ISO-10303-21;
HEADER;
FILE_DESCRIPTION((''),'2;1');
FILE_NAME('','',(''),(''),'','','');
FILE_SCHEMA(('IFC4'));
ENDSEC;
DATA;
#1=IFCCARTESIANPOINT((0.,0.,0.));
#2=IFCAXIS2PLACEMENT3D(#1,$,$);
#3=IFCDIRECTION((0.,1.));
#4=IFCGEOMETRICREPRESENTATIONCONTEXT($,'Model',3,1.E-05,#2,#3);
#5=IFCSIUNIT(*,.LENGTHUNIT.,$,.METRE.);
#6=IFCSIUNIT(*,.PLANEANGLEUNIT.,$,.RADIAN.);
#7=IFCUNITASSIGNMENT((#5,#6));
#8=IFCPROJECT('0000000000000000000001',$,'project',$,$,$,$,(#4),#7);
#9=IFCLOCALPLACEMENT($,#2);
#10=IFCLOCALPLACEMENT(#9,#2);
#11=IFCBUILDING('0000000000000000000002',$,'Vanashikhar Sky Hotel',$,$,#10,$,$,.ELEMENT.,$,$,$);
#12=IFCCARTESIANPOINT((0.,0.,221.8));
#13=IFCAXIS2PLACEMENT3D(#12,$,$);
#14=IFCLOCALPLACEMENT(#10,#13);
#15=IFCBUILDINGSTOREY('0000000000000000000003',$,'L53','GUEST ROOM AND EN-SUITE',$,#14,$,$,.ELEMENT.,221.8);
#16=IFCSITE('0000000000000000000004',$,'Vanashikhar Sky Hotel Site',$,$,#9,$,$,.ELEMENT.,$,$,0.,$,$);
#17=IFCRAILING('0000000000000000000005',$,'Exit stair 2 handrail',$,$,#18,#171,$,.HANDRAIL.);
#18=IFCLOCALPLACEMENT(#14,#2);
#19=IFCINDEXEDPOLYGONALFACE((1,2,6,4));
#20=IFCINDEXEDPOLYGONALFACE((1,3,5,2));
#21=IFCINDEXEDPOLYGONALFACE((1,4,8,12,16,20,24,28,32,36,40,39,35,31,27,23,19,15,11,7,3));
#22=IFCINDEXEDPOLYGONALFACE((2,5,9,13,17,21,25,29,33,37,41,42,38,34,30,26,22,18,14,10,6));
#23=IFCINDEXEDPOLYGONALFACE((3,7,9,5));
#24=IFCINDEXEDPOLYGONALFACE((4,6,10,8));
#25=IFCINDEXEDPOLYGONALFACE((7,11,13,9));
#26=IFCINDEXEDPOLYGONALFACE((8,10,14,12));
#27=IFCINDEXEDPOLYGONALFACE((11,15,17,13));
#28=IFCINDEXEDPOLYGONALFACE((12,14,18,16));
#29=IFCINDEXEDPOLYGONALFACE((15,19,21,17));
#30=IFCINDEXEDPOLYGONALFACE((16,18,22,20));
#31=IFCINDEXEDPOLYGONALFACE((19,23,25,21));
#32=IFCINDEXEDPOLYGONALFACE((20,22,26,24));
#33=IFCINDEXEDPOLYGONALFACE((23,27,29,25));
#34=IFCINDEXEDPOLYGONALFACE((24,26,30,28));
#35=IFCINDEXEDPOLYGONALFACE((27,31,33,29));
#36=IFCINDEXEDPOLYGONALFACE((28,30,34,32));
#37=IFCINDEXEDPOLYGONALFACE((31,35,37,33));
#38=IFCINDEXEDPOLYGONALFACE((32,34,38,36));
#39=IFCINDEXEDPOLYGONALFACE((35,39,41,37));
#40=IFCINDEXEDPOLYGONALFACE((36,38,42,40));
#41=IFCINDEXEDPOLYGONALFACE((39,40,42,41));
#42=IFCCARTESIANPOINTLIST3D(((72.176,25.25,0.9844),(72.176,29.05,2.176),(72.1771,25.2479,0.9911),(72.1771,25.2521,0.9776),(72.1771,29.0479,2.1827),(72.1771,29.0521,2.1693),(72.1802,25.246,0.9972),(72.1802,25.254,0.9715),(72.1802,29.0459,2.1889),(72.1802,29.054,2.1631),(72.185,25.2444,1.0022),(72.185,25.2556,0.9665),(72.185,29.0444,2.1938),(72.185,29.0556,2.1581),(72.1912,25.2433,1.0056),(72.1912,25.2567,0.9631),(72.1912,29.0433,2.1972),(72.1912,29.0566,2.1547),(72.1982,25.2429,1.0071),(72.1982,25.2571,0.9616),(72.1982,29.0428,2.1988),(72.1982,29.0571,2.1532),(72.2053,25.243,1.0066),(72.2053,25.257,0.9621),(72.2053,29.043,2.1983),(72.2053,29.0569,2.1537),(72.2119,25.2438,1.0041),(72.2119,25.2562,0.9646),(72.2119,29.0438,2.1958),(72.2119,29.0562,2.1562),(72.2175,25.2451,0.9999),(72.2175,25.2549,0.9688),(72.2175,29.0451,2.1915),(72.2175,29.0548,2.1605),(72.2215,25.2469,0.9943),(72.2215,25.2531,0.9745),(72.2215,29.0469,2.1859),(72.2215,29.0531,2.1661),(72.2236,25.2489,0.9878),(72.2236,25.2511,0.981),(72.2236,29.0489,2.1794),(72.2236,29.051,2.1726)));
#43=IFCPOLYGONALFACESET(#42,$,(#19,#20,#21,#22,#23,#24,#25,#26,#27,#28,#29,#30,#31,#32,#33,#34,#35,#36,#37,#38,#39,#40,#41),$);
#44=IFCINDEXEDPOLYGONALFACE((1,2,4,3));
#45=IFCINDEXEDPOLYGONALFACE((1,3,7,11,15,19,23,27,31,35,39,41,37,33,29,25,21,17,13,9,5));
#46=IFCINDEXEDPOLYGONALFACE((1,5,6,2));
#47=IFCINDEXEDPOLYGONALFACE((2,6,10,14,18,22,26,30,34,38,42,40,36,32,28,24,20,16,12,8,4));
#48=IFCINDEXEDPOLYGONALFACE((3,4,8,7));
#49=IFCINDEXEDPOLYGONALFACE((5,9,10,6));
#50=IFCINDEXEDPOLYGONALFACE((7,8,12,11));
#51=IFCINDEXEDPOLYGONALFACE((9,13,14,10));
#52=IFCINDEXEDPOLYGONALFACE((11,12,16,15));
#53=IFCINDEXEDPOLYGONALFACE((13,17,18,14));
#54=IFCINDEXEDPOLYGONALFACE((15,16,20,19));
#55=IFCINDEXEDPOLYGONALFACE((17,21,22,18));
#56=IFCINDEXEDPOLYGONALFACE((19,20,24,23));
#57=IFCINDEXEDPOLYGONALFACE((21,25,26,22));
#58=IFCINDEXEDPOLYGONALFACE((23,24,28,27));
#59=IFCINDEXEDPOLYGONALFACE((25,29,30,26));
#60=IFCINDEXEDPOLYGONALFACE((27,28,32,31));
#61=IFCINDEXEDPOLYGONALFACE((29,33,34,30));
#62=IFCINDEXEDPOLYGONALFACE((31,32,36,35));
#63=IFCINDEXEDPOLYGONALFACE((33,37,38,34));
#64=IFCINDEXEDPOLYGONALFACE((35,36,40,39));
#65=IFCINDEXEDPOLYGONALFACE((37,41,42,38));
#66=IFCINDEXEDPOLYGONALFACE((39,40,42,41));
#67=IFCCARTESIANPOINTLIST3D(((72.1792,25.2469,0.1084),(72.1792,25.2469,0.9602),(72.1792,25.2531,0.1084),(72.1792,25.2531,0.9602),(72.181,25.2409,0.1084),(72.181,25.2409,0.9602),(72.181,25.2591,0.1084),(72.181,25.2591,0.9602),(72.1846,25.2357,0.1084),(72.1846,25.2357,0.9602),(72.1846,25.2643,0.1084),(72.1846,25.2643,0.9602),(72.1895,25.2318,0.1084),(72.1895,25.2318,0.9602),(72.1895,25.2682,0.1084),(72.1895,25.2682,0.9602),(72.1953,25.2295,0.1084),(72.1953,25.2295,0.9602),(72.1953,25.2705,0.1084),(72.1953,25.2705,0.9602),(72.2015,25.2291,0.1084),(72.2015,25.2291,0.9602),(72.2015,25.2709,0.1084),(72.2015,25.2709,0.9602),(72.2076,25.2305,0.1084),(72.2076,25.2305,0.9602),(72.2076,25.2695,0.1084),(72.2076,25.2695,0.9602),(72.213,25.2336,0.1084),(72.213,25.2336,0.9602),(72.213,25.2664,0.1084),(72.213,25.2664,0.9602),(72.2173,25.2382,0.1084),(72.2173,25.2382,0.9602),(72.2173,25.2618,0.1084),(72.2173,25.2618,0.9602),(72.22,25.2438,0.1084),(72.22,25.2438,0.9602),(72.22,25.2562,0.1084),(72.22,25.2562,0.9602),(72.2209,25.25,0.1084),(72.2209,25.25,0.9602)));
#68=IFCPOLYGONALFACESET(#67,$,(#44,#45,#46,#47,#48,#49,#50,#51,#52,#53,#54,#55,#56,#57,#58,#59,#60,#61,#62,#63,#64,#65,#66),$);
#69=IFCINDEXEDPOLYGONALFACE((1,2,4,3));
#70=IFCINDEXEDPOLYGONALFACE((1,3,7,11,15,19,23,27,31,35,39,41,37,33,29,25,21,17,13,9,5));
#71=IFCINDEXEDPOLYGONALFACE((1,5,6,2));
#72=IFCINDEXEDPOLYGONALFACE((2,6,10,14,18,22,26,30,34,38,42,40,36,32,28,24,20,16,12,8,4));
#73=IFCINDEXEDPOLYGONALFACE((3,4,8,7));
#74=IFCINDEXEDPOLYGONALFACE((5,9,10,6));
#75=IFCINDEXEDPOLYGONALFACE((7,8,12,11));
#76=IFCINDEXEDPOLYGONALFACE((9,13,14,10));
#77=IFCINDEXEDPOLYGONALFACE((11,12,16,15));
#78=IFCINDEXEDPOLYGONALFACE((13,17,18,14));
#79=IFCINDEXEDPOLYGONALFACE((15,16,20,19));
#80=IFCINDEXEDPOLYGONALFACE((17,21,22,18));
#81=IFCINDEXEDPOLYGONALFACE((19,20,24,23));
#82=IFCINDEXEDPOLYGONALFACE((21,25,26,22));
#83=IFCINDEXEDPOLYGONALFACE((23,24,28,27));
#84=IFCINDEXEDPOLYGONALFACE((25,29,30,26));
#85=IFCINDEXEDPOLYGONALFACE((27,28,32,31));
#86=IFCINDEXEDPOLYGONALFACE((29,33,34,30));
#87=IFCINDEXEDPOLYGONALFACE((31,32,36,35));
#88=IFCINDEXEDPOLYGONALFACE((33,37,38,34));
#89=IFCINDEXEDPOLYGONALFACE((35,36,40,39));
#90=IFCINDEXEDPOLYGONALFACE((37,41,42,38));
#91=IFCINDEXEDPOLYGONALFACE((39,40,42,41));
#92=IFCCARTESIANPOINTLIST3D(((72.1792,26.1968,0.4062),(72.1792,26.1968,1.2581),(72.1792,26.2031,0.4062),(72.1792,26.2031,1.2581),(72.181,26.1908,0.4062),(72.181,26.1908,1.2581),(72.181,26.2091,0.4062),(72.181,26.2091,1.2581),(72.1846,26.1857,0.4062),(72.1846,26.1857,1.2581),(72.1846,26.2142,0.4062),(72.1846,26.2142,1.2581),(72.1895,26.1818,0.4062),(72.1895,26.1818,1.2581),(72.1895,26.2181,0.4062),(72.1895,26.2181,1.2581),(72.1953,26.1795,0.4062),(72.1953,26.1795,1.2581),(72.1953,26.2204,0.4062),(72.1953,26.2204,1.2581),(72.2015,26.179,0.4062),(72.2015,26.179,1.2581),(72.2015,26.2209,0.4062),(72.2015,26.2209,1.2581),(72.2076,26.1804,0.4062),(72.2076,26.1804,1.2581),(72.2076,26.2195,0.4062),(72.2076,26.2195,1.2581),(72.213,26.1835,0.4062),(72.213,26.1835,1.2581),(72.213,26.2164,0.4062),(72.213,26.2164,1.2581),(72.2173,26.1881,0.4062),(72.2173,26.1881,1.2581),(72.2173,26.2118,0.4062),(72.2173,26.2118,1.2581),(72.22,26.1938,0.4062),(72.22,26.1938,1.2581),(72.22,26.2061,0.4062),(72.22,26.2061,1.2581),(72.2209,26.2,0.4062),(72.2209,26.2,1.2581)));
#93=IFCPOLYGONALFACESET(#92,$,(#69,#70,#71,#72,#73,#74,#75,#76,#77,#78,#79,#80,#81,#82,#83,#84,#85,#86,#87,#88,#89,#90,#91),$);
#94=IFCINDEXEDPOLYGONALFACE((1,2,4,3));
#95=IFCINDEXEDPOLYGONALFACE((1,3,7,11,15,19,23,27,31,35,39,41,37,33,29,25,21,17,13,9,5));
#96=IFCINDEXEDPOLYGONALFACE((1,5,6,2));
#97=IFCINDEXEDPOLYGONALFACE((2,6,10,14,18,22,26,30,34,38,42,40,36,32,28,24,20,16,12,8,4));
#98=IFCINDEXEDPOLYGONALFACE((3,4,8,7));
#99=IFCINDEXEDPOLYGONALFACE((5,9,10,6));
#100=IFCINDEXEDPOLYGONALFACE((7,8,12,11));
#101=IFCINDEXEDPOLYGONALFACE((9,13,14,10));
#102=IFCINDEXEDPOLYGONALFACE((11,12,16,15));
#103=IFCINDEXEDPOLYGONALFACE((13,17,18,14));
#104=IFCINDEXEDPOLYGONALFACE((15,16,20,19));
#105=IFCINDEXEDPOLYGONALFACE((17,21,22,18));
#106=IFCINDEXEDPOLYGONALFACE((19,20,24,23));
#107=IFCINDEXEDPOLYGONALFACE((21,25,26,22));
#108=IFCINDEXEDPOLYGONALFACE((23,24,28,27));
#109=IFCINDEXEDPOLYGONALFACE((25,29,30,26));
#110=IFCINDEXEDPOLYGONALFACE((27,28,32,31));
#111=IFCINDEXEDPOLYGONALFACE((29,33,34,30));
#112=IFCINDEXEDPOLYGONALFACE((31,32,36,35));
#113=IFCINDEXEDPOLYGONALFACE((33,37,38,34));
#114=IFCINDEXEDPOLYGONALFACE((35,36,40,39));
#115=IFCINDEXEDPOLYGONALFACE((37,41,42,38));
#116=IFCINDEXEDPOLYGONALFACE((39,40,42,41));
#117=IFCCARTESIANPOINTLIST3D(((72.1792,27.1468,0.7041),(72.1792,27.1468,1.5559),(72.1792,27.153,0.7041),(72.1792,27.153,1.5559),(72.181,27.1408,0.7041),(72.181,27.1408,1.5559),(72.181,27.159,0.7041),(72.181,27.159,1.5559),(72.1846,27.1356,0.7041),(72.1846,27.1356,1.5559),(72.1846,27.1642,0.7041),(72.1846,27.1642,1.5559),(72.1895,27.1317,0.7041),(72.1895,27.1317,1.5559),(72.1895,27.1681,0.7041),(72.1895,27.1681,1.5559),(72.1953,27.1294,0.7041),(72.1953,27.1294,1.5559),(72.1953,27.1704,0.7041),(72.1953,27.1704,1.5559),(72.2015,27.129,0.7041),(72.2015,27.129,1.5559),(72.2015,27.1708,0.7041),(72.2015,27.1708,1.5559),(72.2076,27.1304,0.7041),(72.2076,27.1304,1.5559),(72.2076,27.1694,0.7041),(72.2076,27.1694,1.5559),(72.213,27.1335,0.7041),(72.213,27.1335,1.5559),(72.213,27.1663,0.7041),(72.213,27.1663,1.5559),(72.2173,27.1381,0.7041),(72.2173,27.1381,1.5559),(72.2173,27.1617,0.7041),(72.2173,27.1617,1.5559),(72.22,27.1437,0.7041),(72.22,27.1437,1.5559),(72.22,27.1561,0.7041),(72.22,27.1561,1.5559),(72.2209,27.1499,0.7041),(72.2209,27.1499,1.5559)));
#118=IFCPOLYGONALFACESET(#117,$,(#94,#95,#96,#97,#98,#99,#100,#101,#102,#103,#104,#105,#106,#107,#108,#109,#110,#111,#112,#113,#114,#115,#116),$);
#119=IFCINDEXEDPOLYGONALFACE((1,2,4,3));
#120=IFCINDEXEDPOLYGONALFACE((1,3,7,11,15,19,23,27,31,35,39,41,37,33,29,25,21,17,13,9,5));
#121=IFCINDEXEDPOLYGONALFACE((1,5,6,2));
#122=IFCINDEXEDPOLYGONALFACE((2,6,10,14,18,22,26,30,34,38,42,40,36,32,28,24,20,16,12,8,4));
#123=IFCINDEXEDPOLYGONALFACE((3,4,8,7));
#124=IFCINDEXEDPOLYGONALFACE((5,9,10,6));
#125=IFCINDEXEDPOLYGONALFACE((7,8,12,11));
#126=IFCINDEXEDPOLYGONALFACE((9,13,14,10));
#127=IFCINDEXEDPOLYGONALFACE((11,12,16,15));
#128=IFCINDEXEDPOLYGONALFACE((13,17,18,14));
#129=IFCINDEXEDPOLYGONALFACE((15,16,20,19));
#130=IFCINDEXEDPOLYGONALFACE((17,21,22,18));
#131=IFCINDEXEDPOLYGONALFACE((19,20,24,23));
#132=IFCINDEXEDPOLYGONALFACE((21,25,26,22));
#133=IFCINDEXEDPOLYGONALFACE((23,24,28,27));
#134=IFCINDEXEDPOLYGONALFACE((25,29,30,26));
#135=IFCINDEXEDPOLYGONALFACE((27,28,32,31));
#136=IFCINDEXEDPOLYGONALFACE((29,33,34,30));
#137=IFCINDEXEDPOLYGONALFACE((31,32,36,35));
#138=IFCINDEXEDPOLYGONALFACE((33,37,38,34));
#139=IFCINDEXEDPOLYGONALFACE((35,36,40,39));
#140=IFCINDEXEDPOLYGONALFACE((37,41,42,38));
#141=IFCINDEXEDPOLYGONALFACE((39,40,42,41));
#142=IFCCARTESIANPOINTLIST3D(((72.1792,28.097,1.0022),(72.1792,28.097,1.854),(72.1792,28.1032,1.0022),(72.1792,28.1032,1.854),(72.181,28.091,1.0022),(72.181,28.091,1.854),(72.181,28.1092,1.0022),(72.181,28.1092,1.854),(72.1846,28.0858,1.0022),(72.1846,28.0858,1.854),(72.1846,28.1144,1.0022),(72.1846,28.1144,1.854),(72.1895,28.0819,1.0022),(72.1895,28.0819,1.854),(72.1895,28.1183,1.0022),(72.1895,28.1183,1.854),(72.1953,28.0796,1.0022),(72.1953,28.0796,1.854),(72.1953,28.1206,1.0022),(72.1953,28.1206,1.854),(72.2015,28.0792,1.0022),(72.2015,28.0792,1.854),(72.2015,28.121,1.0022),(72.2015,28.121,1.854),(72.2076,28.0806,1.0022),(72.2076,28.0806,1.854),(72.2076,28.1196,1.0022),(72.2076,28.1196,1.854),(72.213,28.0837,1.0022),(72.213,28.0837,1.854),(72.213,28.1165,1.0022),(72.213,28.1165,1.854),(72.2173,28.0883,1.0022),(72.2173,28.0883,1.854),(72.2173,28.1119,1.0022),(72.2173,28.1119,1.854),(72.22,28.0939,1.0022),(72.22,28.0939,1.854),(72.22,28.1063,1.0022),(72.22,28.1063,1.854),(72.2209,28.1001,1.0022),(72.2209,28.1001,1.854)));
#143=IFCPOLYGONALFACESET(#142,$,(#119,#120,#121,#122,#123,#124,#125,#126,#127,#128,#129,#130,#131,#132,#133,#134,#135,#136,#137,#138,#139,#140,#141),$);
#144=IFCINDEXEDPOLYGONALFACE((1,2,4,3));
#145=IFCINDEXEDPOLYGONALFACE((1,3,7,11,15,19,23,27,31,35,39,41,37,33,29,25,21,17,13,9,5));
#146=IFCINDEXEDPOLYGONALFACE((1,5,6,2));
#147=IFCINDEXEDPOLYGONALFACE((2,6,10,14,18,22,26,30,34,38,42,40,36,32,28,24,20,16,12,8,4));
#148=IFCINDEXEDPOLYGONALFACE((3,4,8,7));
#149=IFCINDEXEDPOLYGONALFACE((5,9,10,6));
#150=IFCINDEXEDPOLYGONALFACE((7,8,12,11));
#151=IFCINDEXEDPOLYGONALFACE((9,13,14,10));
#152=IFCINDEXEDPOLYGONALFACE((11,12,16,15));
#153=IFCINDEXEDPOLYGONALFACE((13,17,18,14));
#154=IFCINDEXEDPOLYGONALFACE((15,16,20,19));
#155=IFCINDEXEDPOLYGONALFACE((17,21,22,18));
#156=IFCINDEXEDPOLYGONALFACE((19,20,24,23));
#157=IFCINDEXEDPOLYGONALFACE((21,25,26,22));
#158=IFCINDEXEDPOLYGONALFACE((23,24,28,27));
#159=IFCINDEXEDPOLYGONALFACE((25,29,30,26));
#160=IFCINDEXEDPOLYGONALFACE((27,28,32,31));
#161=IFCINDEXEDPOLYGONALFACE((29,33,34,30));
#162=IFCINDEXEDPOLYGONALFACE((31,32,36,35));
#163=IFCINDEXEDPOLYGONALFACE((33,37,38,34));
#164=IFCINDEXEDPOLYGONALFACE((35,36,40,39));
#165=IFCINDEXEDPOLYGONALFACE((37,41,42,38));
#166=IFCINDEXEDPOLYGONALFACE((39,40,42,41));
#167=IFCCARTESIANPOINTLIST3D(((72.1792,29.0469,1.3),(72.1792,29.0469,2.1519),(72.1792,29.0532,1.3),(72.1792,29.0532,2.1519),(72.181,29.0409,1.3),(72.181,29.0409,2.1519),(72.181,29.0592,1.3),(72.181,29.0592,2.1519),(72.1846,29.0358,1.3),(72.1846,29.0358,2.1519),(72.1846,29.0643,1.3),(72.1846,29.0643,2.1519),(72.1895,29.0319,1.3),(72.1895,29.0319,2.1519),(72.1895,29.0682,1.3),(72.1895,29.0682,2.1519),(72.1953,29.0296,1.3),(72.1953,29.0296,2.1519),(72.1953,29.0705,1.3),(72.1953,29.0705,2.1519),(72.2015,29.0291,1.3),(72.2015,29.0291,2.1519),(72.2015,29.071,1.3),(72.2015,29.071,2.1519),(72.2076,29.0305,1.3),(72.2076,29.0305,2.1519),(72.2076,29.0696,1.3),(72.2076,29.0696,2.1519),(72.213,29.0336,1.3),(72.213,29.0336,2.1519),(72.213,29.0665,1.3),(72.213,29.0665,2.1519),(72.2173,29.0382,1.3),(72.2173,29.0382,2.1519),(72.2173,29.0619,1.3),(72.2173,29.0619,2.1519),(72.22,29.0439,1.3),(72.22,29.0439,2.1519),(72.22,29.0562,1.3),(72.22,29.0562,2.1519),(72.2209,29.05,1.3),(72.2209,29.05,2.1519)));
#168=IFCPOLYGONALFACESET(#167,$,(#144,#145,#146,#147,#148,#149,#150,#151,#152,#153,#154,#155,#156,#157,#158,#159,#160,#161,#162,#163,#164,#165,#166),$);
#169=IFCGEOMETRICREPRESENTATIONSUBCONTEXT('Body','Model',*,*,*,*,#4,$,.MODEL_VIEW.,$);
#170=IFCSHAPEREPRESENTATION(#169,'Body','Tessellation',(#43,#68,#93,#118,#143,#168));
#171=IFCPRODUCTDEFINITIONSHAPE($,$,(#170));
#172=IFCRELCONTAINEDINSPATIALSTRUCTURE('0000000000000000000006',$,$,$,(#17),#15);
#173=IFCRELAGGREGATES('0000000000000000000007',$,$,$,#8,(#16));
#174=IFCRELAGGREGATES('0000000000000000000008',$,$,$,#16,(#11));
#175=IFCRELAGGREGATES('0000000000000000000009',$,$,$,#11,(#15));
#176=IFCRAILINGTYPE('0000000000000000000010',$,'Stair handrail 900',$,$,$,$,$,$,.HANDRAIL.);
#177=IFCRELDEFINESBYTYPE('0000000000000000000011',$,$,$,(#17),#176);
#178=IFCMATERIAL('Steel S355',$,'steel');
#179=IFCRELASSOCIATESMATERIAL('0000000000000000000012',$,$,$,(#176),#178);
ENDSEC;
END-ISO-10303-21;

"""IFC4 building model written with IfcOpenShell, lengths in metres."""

from ifc_helpers import new_model, si_unit, direction, frame, origin, origin_2d, place, context, subcontext, project, spatial, circle, extrude, source, transform, mapped, material, type_object, element, save


model = new_model("IFC4")

# Units and contexts
model_context = context("Model", 3, precision=1e-05, world=origin(), true_north=direction((0.0, 1.0)))
body_context = subcontext(model_context, "Body", "Model", "MODEL_VIEW")
ifc_project = project(units=[si_unit("LENGTHUNIT", "METRE"), si_unit("PLANEANGLEUNIT", "RADIAN")], contexts=[model_context])

# Site, building, storey
site_placement = place(None, origin())
site = spatial("IfcSite", under=ifc_project, at=site_placement, Name="Vanashikhar Sky Hotel Site", CompositionType="ELEMENT", RefElevation=0.0)
building_placement = place(site_placement, origin())
building = spatial("IfcBuilding", under=site, at=building_placement, Name="Vanashikhar Sky Hotel", CompositionType="ELEMENT")
storey_placement = place(building_placement, frame((0.0, 0.0, 221.8)))
storey = spatial("IfcBuildingStorey", under=building, at=storey_placement, Name="L53", Description="GUEST ROOM AND EN-SUITE", CompositionType="ELEMENT", Elevation=221.8)

# Railing
ifc_material_1 = material(Name="Steel S355", Category="steel")
railing_type_1 = type_object("IfcRailingType", Name="Stair handrail 900", PredefinedType="HANDRAIL", material=ifc_material_1)
shared_shape_1 = source(origin(), body_context, "Body", "SweptSolid", [
    extrude(circle(Radius=0.0239, at=origin_2d()), frame((0.0, 0.0, 0.876), z_axis=(0.0, 0.954184, 0.299221), x_axis=(-1.0, 0.0, 0.0)), (0.0, 0.0, 1.0), 3.9824),
    extrude(circle(Radius=0.021, at=origin_2d()), origin(), (0.0, 0.0, 1.0), 0.8518),
    extrude(circle(Radius=0.021, at=origin_2d()), frame((0.0, 0.95, 0.2979)), (0.0, 0.0, 1.0), 0.8518),
    extrude(circle(Radius=0.021, at=origin_2d()), frame((0.0, 1.8999, 0.5957)), (0.0, 0.0, 1.0), 0.8518),
    extrude(circle(Radius=0.021, at=origin_2d()), frame((0.0, 2.8501, 0.8938)), (0.0, 0.0, 1.0), 0.8518),
    extrude(circle(Radius=0.021, at=origin_2d()), frame((0.0, 3.8, 1.1917)), (0.0, 0.0, 1.0), 0.8518),
])
for number, where, name in (
    (1, (72.2, 25.25, 0.1084), "Exit stair 2 handrail"),
):
    element("IfcRailing", number, at=place(storey_placement, frame(where)), inside=storey, type_object=railing_type_1, Name=name, PredefinedType="HANDRAIL", context=body_context, shape_type="MappedRepresentation", body=[
        mapped(shared_shape_1, transform((0.0, 0.0, 0.0), scale=1.0)),
    ])

save(model, "model.ifc")
